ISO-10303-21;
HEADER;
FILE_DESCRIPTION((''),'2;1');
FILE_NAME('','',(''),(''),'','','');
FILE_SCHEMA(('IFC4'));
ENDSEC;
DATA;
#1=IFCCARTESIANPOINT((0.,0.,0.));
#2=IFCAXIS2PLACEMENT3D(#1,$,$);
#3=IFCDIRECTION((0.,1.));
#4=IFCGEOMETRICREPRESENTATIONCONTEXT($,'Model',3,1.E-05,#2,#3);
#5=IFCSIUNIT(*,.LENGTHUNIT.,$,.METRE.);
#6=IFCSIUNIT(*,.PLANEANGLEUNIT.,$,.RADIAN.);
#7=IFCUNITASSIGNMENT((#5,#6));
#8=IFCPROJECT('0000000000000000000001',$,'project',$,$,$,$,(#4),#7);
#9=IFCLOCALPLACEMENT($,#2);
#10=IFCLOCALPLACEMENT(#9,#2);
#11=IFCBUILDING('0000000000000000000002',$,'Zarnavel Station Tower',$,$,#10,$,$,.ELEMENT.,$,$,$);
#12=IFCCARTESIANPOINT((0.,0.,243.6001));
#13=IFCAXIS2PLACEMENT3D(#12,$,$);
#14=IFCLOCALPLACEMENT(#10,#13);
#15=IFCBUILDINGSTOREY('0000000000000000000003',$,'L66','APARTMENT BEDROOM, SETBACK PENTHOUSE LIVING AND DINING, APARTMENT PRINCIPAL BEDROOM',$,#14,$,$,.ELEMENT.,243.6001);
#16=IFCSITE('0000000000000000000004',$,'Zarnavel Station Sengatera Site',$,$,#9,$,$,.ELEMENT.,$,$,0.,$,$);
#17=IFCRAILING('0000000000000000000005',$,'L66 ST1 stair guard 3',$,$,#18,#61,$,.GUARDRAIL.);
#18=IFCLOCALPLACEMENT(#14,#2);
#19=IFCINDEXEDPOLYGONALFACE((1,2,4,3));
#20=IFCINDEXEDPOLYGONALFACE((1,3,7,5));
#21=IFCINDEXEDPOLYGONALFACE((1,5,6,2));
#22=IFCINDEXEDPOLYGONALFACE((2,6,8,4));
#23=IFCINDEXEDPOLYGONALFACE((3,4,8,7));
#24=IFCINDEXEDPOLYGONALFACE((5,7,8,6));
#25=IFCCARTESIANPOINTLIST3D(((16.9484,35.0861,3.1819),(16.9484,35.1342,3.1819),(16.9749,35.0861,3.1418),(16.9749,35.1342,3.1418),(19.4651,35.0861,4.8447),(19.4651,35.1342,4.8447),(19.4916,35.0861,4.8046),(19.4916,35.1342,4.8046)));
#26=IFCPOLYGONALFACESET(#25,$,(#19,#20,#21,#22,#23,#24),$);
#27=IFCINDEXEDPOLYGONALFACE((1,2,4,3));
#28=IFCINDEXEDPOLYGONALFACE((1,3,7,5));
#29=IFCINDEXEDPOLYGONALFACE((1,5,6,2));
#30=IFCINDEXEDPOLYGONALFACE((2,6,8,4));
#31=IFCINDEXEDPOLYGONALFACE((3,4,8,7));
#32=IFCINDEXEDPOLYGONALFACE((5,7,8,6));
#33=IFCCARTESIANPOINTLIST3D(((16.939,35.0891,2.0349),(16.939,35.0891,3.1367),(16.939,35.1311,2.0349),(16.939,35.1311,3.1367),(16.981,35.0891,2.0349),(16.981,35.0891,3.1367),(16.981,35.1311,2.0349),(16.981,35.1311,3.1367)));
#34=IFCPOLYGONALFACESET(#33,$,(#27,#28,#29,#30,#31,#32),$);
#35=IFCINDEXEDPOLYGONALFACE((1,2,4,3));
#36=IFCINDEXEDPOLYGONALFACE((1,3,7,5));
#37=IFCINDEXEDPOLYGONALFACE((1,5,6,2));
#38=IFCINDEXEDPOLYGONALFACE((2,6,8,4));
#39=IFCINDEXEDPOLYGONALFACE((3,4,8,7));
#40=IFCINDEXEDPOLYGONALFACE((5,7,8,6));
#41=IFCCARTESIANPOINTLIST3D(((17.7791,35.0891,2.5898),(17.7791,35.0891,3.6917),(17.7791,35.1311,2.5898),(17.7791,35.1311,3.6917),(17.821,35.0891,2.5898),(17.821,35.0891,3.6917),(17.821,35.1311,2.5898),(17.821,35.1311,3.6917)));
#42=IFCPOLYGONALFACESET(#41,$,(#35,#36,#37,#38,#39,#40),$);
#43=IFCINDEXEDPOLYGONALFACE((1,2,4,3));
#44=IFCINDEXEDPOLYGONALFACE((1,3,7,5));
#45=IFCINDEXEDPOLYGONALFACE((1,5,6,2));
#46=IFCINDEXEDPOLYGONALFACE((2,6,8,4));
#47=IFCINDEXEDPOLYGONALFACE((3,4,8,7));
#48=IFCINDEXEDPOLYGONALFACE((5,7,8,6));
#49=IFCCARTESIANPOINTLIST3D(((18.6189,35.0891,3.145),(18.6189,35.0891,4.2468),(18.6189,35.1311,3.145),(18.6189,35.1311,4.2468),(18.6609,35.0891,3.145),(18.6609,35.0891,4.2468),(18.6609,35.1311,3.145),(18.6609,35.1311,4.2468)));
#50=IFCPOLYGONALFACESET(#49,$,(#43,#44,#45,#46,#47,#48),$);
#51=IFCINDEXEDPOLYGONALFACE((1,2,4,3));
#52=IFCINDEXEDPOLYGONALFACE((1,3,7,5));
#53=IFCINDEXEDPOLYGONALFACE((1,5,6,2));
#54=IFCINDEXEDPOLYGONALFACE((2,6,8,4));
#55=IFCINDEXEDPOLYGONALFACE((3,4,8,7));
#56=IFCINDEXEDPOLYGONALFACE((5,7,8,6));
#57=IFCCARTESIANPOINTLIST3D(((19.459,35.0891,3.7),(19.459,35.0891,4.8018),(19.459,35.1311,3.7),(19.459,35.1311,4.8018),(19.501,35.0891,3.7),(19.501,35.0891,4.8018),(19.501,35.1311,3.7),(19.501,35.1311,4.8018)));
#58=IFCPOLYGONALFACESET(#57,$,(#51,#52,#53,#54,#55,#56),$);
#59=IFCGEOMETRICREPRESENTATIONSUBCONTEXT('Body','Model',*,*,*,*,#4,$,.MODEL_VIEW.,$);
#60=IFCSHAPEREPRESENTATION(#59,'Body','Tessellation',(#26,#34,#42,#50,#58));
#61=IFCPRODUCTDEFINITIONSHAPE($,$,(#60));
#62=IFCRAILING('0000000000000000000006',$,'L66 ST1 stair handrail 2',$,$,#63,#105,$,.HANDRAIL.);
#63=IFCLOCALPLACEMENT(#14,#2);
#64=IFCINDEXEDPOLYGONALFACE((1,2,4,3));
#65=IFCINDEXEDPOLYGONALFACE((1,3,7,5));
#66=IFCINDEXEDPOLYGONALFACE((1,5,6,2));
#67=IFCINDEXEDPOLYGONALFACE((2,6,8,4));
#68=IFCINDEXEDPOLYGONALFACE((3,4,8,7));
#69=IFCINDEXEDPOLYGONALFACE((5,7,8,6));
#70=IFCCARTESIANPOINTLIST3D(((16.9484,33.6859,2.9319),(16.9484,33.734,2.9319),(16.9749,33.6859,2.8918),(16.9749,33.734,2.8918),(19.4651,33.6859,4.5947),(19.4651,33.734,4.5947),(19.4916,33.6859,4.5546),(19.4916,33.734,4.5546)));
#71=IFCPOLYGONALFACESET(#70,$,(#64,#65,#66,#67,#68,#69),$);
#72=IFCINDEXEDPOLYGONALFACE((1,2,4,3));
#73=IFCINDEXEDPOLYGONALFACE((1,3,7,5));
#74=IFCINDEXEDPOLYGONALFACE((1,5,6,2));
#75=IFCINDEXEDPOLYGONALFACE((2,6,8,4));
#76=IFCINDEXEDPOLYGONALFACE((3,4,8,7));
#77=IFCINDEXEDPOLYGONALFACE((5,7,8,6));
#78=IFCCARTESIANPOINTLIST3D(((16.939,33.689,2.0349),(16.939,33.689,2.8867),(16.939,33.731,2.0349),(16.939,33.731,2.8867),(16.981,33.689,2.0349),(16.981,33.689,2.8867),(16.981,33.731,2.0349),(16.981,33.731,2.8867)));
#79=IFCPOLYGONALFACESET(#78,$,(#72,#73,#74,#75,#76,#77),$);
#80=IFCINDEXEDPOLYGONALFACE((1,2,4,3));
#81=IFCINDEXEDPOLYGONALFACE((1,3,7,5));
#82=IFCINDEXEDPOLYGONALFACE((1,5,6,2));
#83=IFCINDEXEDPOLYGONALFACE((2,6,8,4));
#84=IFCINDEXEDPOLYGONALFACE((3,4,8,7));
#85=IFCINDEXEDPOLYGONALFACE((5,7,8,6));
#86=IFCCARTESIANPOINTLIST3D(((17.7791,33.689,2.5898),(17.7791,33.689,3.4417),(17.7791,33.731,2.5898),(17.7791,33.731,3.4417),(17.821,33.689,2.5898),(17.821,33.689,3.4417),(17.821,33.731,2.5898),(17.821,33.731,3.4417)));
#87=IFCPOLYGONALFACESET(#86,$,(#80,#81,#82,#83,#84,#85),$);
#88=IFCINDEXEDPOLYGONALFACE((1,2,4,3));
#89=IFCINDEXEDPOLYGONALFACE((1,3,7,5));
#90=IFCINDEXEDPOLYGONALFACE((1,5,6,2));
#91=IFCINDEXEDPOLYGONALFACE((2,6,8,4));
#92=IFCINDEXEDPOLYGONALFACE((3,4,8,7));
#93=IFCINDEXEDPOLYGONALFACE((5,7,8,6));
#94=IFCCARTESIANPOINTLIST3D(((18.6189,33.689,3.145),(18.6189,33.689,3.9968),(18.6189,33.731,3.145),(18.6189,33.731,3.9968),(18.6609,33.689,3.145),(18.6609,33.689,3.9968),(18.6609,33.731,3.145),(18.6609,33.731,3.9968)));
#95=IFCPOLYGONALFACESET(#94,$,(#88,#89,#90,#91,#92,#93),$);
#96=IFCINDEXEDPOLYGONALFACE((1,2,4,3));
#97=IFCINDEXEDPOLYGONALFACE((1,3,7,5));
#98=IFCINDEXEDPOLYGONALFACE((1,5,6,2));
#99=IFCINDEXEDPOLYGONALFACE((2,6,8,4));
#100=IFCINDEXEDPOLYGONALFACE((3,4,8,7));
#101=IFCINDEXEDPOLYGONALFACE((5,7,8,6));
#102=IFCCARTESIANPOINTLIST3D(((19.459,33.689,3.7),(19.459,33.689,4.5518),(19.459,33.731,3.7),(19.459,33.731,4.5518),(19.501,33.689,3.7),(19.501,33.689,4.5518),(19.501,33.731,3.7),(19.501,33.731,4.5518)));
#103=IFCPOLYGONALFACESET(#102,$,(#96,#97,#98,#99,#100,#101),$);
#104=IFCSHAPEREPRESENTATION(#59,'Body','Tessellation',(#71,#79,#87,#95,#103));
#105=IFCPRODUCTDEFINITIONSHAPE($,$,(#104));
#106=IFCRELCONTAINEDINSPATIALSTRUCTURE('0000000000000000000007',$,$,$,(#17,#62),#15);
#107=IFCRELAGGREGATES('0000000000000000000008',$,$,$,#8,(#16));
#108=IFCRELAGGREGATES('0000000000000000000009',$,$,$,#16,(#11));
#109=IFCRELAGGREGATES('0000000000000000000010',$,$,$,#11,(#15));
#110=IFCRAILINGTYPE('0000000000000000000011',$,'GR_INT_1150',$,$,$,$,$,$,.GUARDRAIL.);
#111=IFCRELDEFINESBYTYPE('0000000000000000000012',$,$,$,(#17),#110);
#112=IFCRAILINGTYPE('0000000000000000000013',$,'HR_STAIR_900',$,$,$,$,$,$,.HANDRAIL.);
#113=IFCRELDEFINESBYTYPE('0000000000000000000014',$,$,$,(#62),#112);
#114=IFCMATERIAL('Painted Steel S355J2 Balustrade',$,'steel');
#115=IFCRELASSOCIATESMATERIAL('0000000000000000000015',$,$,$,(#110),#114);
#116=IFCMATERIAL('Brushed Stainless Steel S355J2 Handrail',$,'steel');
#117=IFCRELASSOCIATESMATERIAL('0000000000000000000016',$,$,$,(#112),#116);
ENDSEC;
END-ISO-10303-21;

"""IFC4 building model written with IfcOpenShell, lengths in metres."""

from ifc_helpers import new_model, si_unit, direction, frame, origin, origin_2d, place, context, subcontext, project, spatial, rectangle, extrude, material, type_object, element, save


model = new_model("IFC4")

# Units and contexts
model_context = context("Model", 3, precision=1e-05, world=origin(), true_north=direction((0.0, 1.0)))
body_context = subcontext(model_context, "Body", "Model", "MODEL_VIEW")
ifc_project = project(units=[si_unit("LENGTHUNIT", "METRE"), si_unit("PLANEANGLEUNIT", "RADIAN")], contexts=[model_context])

# Site, building, storey
site_placement = place(None, origin())
site = spatial("IfcSite", under=ifc_project, at=site_placement, Name="Zarnavel Station Sengatera Site", CompositionType="ELEMENT", RefElevation=0.0)
building_placement = place(site_placement, origin())
building = spatial("IfcBuilding", under=site, at=building_placement, Name="Zarnavel Station Tower", CompositionType="ELEMENT")
storey_placement = place(building_placement, frame((0.0, 0.0, 243.6001)))
storey = spatial("IfcBuildingStorey", under=building, at=storey_placement, Name="L66", Description="APARTMENT BEDROOM, SETBACK PENTHOUSE LIVING AND DINING, APARTMENT PRINCIPAL BEDROOM", CompositionType="ELEMENT", Elevation=243.6001)

# Railings
ifc_material_1 = material(Name="Painted Steel S355J2 Balustrade", Category="steel")
railing_type_1 = type_object("IfcRailingType", Name="GR_INT_1150", PredefinedType="GUARDRAIL", material=ifc_material_1)
railing_1_placement = place(storey_placement, frame((16.96, 35.1101, 2.0349)))
element("IfcRailing", 1, at=railing_1_placement, inside=storey, type_object=railing_type_1, Name="L66 ST1 stair guard 3", PredefinedType="GUARDRAIL", context=body_context, shape_type="SweptSolid", body=[
    extrude(rectangle(XDim=0.0481, YDim=0.0481, at=origin_2d()), frame((0.0017, 0.0, 1.127), z_axis=(0.834331, 0.0, 0.551263), x_axis=(0.0, 1.0, 0.0)), (0.0, 0.0, 1.0), 3.0164),
    extrude(rectangle(XDim=0.042, YDim=0.042, at=origin_2d()), origin(), (0.0, 0.0, 1.0), 1.1018),
    extrude(rectangle(XDim=0.042, YDim=0.042, at=origin_2d()), frame((0.8401, 0.0, 0.5549)), (0.0, 0.0, 1.0), 1.1018),
    extrude(rectangle(XDim=0.042, YDim=0.042, at=origin_2d()), frame((1.6799, 0.0, 1.1101)), (0.0, 0.0, 1.0), 1.1018),
    extrude(rectangle(XDim=0.042, YDim=0.042, at=origin_2d()), frame((2.52, 0.0, 1.665)), (0.0, 0.0, 1.0), 1.1018),
])
ifc_material_2 = material(Name="Brushed Stainless Steel S355J2 Handrail", Category="steel")
railing_type_2 = type_object("IfcRailingType", Name="HR_STAIR_900", PredefinedType="HANDRAIL", material=ifc_material_2)
railing_2_placement = place(storey_placement, frame((16.96, 33.71, 2.0349)))
element("IfcRailing", 2, at=railing_2_placement, inside=storey, type_object=railing_type_2, Name="L66 ST1 stair handrail 2", PredefinedType="HANDRAIL", context=body_context, shape_type="SweptSolid", body=[
    extrude(rectangle(XDim=0.0481, YDim=0.0481, at=origin_2d()), frame((0.0017, 0.0, 0.877), z_axis=(0.834331, 0.0, 0.551263), x_axis=(0.0, 1.0, 0.0)), (0.0, 0.0, 1.0), 3.0164),
    extrude(rectangle(XDim=0.042, YDim=0.042, at=origin_2d()), origin(), (0.0, 0.0, 1.0), 0.8518),
    extrude(rectangle(XDim=0.042, YDim=0.042, at=origin_2d()), frame((0.8401, 0.0, 0.5549)), (0.0, 0.0, 1.0), 0.8518),
    extrude(rectangle(XDim=0.042, YDim=0.042, at=origin_2d()), frame((1.6799, 0.0, 1.1101)), (0.0, 0.0, 1.0), 0.8518),
    extrude(rectangle(XDim=0.042, YDim=0.042, at=origin_2d()), frame((2.52, 0.0, 1.665)), (0.0, 0.0, 1.0), 0.8518),
])

save(model, "model.ifc")
